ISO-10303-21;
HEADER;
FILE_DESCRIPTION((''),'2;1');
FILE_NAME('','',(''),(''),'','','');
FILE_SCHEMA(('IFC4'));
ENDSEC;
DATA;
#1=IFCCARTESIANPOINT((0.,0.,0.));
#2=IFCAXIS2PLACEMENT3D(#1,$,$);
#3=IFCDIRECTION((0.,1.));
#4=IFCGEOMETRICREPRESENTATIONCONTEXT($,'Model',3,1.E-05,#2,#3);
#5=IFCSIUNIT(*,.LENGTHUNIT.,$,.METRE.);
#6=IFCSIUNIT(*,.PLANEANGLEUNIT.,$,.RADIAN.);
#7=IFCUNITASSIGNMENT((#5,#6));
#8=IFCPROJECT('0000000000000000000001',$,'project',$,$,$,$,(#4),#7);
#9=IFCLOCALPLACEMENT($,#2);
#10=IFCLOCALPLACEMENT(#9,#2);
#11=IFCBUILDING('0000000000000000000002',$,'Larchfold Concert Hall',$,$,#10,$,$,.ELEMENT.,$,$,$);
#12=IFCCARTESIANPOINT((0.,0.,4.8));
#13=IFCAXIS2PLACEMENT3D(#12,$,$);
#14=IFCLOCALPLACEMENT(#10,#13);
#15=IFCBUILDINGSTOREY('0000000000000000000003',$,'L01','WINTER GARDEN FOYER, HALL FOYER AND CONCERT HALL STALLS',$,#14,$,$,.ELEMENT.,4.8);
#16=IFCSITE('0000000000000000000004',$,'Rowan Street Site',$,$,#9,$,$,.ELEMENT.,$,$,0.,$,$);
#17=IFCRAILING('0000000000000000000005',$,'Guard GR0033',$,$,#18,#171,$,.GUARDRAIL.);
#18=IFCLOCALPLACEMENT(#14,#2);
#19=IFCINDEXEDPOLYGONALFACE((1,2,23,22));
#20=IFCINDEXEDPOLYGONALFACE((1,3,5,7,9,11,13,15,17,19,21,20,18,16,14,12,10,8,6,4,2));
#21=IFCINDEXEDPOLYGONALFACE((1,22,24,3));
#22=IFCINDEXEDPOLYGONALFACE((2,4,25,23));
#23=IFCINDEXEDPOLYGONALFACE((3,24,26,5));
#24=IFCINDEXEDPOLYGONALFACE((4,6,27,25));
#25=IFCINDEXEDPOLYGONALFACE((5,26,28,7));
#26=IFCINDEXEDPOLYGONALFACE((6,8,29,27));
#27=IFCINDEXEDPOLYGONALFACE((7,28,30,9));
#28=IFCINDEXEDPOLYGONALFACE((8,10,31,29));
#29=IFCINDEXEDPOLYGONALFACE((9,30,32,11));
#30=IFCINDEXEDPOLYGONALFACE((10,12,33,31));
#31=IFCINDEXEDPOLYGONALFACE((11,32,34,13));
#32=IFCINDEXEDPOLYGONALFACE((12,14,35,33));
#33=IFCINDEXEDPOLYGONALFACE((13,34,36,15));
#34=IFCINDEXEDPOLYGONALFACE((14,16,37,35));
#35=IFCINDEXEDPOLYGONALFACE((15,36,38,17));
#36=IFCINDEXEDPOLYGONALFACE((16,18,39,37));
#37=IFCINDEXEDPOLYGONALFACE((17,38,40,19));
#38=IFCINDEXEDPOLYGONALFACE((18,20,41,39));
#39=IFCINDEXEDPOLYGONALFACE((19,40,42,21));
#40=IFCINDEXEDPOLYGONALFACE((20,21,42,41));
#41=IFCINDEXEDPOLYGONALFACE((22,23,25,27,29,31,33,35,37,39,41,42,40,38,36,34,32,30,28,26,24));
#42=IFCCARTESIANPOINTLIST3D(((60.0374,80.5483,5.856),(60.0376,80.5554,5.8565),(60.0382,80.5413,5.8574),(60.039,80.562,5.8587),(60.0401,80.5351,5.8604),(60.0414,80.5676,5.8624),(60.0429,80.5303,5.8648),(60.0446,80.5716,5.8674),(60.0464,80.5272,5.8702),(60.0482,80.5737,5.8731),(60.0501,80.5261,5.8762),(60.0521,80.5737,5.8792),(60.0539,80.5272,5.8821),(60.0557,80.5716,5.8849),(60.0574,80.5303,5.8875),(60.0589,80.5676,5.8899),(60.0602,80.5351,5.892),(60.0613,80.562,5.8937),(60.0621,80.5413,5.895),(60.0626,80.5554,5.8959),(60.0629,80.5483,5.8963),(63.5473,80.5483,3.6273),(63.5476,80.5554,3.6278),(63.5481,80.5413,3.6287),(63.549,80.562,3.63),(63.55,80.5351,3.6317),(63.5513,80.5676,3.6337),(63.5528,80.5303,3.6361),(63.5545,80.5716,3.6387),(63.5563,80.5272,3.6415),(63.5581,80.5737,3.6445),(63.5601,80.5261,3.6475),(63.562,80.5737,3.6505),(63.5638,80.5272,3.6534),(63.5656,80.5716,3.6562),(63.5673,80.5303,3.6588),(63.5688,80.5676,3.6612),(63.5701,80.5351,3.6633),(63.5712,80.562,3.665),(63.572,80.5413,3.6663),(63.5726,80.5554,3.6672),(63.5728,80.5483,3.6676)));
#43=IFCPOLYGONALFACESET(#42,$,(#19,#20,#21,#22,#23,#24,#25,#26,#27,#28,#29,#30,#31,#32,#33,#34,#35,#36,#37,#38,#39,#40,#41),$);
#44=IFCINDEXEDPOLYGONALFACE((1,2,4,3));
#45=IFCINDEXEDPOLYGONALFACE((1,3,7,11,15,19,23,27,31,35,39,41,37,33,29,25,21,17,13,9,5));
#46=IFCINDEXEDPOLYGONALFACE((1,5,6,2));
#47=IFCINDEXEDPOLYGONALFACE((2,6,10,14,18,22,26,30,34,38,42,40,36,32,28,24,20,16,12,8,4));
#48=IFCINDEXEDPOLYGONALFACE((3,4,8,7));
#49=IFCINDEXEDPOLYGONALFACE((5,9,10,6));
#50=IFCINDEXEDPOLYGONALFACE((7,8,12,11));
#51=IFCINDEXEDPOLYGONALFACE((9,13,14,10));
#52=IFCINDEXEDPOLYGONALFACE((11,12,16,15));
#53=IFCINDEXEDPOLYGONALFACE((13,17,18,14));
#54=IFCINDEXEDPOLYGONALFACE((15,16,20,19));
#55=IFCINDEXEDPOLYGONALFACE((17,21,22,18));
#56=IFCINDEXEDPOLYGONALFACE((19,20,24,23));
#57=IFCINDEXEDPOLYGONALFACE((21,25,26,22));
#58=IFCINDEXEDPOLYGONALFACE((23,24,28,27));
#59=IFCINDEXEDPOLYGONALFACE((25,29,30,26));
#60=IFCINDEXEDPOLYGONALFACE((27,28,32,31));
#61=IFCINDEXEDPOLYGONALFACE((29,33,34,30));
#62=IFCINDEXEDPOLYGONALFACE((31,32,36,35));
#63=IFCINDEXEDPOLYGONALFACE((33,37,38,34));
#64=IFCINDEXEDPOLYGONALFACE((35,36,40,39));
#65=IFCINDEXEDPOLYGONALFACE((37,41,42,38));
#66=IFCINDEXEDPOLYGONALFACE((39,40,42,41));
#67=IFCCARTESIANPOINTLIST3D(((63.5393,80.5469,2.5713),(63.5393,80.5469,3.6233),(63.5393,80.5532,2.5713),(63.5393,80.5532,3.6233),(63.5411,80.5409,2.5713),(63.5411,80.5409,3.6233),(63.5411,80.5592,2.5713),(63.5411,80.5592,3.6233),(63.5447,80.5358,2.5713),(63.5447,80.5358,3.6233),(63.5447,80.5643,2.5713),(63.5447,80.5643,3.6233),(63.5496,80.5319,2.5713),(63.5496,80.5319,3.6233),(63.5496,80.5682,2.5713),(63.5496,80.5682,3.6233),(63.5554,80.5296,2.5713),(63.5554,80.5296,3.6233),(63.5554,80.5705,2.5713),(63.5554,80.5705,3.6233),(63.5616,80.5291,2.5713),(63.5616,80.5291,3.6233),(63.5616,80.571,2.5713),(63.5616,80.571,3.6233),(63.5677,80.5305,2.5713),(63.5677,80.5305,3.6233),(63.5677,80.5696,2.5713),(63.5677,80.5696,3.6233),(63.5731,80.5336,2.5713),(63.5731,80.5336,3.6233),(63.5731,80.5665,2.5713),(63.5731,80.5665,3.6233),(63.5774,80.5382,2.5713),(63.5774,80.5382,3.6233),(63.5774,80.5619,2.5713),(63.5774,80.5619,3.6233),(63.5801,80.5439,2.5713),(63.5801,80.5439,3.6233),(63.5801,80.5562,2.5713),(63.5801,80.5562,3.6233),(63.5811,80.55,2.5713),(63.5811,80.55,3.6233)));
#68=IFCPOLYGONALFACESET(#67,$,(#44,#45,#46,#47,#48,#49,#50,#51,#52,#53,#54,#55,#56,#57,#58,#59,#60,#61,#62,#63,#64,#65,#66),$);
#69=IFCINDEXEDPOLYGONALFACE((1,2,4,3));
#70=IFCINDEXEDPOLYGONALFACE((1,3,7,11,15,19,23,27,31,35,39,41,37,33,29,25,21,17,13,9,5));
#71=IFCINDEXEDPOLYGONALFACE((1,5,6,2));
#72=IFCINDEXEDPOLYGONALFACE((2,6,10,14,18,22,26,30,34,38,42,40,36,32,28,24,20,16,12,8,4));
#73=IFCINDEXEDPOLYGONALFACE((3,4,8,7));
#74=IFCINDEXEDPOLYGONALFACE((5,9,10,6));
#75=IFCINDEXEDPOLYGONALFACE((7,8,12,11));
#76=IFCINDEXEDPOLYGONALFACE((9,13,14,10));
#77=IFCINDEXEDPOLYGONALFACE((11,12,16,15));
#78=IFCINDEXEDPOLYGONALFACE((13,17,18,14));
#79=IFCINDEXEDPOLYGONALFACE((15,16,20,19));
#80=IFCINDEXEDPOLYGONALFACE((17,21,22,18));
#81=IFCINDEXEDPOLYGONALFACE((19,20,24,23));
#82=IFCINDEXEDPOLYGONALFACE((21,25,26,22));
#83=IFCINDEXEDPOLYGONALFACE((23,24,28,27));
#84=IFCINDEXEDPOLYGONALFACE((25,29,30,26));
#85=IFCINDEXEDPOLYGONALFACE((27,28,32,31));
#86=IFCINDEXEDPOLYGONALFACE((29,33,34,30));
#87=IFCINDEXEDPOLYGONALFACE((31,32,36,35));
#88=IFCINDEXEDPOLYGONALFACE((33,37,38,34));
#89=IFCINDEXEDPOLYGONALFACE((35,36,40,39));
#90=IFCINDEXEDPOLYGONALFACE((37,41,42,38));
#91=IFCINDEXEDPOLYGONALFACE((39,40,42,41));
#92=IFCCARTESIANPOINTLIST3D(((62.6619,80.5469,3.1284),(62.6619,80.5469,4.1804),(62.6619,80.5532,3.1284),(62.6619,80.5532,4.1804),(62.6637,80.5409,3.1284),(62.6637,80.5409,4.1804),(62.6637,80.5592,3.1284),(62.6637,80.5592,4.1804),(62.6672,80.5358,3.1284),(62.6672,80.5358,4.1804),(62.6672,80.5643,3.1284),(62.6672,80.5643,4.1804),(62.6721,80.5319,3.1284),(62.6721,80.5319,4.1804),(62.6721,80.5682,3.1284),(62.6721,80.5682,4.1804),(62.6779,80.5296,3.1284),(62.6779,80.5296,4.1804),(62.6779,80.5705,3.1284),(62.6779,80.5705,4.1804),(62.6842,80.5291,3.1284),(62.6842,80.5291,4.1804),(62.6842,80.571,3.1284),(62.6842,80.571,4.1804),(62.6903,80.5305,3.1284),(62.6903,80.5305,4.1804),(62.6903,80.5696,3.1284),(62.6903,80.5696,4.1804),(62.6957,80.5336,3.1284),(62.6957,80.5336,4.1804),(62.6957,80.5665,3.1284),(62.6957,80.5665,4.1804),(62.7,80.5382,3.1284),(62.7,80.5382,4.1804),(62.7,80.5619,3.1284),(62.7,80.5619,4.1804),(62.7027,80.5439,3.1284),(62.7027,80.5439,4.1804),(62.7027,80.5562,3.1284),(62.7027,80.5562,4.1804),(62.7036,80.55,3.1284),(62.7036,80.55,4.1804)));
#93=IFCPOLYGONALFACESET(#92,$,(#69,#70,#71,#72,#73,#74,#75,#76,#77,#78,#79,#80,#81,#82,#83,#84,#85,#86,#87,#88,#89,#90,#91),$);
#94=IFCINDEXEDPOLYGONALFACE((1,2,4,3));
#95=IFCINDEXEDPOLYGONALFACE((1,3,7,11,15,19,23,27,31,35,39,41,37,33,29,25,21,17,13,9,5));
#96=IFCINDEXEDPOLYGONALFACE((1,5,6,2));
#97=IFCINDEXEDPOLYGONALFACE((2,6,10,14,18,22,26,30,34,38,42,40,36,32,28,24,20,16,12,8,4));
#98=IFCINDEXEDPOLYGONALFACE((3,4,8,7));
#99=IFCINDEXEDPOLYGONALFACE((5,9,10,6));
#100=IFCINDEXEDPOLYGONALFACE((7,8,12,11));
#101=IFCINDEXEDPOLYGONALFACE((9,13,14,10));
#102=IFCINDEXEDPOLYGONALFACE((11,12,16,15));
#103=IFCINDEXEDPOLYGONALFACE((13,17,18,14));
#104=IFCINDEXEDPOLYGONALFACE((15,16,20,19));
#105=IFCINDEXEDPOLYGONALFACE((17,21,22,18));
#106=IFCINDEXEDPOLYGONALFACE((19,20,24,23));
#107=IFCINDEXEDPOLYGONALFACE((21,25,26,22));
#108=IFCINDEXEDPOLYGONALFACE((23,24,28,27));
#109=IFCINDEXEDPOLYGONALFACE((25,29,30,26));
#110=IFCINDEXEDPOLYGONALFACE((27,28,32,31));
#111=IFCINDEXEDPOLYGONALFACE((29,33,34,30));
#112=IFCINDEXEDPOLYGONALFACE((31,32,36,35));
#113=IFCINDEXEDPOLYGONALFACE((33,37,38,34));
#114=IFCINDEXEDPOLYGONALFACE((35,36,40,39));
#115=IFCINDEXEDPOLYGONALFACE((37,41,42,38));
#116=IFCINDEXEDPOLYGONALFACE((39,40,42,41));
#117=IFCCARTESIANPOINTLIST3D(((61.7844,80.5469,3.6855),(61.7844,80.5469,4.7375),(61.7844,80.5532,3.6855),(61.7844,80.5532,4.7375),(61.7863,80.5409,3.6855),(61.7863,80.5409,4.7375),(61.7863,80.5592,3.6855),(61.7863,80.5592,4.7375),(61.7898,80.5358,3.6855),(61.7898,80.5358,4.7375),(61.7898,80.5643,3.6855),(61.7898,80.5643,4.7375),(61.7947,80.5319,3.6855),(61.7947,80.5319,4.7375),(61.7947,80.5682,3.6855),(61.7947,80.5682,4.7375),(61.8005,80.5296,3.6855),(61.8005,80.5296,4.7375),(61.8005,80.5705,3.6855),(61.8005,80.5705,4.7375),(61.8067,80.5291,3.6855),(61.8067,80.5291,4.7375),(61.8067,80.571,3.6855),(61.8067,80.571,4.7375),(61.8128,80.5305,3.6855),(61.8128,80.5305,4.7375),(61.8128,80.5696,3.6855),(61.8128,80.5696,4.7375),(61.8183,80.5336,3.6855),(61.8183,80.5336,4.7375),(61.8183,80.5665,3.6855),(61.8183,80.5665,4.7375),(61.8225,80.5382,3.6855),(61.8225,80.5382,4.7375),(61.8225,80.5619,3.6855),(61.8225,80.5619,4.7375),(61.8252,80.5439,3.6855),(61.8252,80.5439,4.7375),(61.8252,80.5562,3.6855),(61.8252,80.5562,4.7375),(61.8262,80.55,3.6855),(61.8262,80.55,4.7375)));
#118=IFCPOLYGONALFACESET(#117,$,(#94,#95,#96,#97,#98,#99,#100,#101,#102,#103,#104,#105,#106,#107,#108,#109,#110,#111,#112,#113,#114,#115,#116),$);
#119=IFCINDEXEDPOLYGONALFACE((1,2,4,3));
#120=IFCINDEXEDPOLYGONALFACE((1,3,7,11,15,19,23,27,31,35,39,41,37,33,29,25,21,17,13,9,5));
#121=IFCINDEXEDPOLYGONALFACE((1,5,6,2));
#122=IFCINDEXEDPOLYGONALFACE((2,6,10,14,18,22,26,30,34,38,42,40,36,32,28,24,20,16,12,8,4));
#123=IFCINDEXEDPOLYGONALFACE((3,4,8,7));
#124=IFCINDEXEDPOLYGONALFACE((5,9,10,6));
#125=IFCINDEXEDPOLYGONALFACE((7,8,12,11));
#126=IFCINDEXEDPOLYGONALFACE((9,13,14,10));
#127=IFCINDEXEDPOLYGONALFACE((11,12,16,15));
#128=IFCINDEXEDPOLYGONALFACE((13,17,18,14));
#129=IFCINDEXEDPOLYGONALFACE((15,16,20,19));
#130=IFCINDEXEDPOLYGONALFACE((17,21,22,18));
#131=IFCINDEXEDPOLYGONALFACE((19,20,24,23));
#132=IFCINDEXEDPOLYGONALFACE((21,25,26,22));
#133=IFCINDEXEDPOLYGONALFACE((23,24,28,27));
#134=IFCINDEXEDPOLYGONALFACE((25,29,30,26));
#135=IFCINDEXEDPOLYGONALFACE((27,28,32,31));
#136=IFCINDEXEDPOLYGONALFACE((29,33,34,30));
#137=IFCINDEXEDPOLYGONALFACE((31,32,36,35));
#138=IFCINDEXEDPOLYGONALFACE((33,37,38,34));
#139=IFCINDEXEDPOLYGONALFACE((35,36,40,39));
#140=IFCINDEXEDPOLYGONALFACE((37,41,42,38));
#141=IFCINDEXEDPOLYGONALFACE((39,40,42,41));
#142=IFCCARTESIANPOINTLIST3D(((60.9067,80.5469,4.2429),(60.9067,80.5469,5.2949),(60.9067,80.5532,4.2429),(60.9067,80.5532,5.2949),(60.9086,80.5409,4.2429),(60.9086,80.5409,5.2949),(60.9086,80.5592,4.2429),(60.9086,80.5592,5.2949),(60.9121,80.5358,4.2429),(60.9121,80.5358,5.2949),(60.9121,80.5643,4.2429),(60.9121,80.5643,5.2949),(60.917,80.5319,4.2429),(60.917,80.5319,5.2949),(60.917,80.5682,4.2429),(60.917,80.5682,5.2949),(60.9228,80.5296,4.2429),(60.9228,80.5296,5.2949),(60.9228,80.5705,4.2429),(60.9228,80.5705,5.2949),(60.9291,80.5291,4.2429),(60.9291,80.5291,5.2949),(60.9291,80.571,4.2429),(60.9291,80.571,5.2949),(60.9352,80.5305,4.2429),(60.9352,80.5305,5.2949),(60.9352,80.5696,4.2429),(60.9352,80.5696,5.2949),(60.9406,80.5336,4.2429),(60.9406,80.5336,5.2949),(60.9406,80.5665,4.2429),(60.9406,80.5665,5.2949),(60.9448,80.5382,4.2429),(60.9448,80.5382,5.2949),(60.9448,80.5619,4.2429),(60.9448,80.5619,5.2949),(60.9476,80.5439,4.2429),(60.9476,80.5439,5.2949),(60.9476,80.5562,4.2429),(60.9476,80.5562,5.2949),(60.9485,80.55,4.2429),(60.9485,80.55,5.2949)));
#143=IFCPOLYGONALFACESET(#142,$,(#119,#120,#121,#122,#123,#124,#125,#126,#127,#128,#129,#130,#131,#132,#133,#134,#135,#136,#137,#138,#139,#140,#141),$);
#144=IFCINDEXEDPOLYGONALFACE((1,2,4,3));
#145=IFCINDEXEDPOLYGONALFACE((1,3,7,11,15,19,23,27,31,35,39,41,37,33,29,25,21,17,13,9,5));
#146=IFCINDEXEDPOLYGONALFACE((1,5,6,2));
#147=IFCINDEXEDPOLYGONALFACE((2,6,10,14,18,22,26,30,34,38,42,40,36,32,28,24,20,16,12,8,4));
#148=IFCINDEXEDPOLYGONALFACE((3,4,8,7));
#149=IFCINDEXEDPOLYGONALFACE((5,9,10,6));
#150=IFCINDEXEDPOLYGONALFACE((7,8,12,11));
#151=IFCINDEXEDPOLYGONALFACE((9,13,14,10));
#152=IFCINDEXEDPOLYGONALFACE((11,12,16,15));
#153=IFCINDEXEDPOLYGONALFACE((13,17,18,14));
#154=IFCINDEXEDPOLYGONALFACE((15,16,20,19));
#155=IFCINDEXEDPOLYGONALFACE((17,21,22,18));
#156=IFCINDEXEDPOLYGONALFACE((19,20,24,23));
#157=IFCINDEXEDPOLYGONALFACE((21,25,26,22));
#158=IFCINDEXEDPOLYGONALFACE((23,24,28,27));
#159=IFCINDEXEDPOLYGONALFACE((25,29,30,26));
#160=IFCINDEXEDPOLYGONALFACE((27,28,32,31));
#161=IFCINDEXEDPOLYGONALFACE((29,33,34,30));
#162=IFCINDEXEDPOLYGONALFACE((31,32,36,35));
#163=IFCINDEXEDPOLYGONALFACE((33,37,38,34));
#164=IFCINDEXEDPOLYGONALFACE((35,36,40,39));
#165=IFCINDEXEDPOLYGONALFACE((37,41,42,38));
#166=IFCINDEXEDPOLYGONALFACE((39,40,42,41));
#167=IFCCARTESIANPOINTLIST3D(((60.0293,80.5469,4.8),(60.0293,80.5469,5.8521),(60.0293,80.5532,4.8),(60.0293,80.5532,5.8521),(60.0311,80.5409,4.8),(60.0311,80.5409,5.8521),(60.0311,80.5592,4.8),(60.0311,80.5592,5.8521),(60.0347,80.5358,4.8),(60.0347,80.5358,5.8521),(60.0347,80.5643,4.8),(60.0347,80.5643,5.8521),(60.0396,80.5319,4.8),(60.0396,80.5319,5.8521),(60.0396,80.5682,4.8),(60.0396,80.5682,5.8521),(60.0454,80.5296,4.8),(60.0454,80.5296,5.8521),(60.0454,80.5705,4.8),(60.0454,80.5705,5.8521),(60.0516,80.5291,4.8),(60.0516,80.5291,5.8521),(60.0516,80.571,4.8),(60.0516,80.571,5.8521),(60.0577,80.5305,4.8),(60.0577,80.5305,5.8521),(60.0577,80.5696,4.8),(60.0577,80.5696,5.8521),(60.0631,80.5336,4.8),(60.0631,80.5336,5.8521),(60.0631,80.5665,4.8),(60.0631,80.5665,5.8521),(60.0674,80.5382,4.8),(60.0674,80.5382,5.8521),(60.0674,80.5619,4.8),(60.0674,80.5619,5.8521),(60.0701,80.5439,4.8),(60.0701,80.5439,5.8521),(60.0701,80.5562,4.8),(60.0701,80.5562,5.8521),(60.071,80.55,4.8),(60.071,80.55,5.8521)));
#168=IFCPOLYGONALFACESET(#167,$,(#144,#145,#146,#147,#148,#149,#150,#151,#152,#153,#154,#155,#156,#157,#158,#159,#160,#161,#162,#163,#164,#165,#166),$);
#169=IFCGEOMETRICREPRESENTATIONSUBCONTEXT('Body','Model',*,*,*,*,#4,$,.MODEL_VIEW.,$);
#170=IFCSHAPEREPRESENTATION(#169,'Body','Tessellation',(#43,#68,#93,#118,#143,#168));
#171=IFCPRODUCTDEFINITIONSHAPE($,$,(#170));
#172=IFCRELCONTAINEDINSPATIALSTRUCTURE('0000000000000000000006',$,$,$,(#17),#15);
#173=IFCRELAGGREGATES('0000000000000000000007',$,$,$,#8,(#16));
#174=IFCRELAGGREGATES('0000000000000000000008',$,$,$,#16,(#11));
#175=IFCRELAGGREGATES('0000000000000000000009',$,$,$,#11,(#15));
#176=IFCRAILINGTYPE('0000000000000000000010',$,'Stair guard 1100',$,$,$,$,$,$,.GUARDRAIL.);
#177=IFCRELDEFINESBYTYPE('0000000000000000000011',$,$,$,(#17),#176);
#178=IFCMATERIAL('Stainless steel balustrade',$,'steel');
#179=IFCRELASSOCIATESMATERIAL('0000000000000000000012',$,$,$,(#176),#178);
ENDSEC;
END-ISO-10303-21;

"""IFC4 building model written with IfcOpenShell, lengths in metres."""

from ifc_helpers import new_model, si_unit, direction, frame, origin, origin_2d, place, context, subcontext, project, spatial, circle, extrude, material, type_object, element, save


model = new_model("IFC4")

# Units and contexts
model_context = context("Model", 3, precision=1e-05, world=origin(), true_north=direction((0.0, 1.0)))
body_context = subcontext(model_context, "Body", "Model", "MODEL_VIEW")
ifc_project = project(units=[si_unit("LENGTHUNIT", "METRE"), si_unit("PLANEANGLEUNIT", "RADIAN")], contexts=[model_context])

# Site, building, storey
site_placement = place(None, origin())
site = spatial("IfcSite", under=ifc_project, at=site_placement, Name="Rowan Street Site", CompositionType="ELEMENT", RefElevation=0.0)
building_placement = place(site_placement, origin())
building = spatial("IfcBuilding", under=site, at=building_placement, Name="Larchfold Concert Hall", CompositionType="ELEMENT")
storey_placement = place(building_placement, frame((0.0, 0.0, 4.8)))
storey = spatial("IfcBuildingStorey", under=building, at=storey_placement, Name="L01", Description="WINTER GARDEN FOYER, HALL FOYER AND CONCERT HALL STALLS", CompositionType="ELEMENT", Elevation=4.8)

# Railing
ifc_material_1 = material(Name="Stainless steel balustrade", Category="steel")
railing_type_1 = type_object("IfcRailingType", Name="Stair guard 1100", PredefinedType="GUARDRAIL", material=ifc_material_1)
railing_1_placement = place(storey_placement, frame((63.5601, 80.55, 2.5713)))
element("IfcRailing", 1, at=railing_1_placement, inside=storey, type_object=railing_type_1, Name="Guard GR0033", PredefinedType="GUARDRAIL", context=body_context, shape_type="SweptSolid", body=[
    extrude(circle(Radius=0.0239, at=origin_2d()), frame((0.0, 0.0, 1.0762), z_axis=(-0.844193, 0.0, 0.536039), x_axis=(0.0, -1.0, 0.0)), (0.0, 0.0, 1.0), 4.1577),
    extrude(circle(Radius=0.021, at=origin_2d()), origin(), (0.0, 0.0, 1.0), 1.052),
    extrude(circle(Radius=0.021, at=origin_2d()), frame((-0.8774, 0.0, 0.5571)), (0.0, 0.0, 1.0), 1.052),
    extrude(circle(Radius=0.021, at=origin_2d()), frame((-1.7549, 0.0, 1.1143)), (0.0, 0.0, 1.0), 1.052),
    extrude(circle(Radius=0.021, at=origin_2d()), frame((-2.6326, 0.0, 1.6716)), (0.0, 0.0, 1.0), 1.052),
    extrude(circle(Radius=0.021, at=origin_2d()), frame((-3.51, 0.0, 2.2288)), (0.0, 0.0, 1.0), 1.052),
])

save(model, "model.ifc")
